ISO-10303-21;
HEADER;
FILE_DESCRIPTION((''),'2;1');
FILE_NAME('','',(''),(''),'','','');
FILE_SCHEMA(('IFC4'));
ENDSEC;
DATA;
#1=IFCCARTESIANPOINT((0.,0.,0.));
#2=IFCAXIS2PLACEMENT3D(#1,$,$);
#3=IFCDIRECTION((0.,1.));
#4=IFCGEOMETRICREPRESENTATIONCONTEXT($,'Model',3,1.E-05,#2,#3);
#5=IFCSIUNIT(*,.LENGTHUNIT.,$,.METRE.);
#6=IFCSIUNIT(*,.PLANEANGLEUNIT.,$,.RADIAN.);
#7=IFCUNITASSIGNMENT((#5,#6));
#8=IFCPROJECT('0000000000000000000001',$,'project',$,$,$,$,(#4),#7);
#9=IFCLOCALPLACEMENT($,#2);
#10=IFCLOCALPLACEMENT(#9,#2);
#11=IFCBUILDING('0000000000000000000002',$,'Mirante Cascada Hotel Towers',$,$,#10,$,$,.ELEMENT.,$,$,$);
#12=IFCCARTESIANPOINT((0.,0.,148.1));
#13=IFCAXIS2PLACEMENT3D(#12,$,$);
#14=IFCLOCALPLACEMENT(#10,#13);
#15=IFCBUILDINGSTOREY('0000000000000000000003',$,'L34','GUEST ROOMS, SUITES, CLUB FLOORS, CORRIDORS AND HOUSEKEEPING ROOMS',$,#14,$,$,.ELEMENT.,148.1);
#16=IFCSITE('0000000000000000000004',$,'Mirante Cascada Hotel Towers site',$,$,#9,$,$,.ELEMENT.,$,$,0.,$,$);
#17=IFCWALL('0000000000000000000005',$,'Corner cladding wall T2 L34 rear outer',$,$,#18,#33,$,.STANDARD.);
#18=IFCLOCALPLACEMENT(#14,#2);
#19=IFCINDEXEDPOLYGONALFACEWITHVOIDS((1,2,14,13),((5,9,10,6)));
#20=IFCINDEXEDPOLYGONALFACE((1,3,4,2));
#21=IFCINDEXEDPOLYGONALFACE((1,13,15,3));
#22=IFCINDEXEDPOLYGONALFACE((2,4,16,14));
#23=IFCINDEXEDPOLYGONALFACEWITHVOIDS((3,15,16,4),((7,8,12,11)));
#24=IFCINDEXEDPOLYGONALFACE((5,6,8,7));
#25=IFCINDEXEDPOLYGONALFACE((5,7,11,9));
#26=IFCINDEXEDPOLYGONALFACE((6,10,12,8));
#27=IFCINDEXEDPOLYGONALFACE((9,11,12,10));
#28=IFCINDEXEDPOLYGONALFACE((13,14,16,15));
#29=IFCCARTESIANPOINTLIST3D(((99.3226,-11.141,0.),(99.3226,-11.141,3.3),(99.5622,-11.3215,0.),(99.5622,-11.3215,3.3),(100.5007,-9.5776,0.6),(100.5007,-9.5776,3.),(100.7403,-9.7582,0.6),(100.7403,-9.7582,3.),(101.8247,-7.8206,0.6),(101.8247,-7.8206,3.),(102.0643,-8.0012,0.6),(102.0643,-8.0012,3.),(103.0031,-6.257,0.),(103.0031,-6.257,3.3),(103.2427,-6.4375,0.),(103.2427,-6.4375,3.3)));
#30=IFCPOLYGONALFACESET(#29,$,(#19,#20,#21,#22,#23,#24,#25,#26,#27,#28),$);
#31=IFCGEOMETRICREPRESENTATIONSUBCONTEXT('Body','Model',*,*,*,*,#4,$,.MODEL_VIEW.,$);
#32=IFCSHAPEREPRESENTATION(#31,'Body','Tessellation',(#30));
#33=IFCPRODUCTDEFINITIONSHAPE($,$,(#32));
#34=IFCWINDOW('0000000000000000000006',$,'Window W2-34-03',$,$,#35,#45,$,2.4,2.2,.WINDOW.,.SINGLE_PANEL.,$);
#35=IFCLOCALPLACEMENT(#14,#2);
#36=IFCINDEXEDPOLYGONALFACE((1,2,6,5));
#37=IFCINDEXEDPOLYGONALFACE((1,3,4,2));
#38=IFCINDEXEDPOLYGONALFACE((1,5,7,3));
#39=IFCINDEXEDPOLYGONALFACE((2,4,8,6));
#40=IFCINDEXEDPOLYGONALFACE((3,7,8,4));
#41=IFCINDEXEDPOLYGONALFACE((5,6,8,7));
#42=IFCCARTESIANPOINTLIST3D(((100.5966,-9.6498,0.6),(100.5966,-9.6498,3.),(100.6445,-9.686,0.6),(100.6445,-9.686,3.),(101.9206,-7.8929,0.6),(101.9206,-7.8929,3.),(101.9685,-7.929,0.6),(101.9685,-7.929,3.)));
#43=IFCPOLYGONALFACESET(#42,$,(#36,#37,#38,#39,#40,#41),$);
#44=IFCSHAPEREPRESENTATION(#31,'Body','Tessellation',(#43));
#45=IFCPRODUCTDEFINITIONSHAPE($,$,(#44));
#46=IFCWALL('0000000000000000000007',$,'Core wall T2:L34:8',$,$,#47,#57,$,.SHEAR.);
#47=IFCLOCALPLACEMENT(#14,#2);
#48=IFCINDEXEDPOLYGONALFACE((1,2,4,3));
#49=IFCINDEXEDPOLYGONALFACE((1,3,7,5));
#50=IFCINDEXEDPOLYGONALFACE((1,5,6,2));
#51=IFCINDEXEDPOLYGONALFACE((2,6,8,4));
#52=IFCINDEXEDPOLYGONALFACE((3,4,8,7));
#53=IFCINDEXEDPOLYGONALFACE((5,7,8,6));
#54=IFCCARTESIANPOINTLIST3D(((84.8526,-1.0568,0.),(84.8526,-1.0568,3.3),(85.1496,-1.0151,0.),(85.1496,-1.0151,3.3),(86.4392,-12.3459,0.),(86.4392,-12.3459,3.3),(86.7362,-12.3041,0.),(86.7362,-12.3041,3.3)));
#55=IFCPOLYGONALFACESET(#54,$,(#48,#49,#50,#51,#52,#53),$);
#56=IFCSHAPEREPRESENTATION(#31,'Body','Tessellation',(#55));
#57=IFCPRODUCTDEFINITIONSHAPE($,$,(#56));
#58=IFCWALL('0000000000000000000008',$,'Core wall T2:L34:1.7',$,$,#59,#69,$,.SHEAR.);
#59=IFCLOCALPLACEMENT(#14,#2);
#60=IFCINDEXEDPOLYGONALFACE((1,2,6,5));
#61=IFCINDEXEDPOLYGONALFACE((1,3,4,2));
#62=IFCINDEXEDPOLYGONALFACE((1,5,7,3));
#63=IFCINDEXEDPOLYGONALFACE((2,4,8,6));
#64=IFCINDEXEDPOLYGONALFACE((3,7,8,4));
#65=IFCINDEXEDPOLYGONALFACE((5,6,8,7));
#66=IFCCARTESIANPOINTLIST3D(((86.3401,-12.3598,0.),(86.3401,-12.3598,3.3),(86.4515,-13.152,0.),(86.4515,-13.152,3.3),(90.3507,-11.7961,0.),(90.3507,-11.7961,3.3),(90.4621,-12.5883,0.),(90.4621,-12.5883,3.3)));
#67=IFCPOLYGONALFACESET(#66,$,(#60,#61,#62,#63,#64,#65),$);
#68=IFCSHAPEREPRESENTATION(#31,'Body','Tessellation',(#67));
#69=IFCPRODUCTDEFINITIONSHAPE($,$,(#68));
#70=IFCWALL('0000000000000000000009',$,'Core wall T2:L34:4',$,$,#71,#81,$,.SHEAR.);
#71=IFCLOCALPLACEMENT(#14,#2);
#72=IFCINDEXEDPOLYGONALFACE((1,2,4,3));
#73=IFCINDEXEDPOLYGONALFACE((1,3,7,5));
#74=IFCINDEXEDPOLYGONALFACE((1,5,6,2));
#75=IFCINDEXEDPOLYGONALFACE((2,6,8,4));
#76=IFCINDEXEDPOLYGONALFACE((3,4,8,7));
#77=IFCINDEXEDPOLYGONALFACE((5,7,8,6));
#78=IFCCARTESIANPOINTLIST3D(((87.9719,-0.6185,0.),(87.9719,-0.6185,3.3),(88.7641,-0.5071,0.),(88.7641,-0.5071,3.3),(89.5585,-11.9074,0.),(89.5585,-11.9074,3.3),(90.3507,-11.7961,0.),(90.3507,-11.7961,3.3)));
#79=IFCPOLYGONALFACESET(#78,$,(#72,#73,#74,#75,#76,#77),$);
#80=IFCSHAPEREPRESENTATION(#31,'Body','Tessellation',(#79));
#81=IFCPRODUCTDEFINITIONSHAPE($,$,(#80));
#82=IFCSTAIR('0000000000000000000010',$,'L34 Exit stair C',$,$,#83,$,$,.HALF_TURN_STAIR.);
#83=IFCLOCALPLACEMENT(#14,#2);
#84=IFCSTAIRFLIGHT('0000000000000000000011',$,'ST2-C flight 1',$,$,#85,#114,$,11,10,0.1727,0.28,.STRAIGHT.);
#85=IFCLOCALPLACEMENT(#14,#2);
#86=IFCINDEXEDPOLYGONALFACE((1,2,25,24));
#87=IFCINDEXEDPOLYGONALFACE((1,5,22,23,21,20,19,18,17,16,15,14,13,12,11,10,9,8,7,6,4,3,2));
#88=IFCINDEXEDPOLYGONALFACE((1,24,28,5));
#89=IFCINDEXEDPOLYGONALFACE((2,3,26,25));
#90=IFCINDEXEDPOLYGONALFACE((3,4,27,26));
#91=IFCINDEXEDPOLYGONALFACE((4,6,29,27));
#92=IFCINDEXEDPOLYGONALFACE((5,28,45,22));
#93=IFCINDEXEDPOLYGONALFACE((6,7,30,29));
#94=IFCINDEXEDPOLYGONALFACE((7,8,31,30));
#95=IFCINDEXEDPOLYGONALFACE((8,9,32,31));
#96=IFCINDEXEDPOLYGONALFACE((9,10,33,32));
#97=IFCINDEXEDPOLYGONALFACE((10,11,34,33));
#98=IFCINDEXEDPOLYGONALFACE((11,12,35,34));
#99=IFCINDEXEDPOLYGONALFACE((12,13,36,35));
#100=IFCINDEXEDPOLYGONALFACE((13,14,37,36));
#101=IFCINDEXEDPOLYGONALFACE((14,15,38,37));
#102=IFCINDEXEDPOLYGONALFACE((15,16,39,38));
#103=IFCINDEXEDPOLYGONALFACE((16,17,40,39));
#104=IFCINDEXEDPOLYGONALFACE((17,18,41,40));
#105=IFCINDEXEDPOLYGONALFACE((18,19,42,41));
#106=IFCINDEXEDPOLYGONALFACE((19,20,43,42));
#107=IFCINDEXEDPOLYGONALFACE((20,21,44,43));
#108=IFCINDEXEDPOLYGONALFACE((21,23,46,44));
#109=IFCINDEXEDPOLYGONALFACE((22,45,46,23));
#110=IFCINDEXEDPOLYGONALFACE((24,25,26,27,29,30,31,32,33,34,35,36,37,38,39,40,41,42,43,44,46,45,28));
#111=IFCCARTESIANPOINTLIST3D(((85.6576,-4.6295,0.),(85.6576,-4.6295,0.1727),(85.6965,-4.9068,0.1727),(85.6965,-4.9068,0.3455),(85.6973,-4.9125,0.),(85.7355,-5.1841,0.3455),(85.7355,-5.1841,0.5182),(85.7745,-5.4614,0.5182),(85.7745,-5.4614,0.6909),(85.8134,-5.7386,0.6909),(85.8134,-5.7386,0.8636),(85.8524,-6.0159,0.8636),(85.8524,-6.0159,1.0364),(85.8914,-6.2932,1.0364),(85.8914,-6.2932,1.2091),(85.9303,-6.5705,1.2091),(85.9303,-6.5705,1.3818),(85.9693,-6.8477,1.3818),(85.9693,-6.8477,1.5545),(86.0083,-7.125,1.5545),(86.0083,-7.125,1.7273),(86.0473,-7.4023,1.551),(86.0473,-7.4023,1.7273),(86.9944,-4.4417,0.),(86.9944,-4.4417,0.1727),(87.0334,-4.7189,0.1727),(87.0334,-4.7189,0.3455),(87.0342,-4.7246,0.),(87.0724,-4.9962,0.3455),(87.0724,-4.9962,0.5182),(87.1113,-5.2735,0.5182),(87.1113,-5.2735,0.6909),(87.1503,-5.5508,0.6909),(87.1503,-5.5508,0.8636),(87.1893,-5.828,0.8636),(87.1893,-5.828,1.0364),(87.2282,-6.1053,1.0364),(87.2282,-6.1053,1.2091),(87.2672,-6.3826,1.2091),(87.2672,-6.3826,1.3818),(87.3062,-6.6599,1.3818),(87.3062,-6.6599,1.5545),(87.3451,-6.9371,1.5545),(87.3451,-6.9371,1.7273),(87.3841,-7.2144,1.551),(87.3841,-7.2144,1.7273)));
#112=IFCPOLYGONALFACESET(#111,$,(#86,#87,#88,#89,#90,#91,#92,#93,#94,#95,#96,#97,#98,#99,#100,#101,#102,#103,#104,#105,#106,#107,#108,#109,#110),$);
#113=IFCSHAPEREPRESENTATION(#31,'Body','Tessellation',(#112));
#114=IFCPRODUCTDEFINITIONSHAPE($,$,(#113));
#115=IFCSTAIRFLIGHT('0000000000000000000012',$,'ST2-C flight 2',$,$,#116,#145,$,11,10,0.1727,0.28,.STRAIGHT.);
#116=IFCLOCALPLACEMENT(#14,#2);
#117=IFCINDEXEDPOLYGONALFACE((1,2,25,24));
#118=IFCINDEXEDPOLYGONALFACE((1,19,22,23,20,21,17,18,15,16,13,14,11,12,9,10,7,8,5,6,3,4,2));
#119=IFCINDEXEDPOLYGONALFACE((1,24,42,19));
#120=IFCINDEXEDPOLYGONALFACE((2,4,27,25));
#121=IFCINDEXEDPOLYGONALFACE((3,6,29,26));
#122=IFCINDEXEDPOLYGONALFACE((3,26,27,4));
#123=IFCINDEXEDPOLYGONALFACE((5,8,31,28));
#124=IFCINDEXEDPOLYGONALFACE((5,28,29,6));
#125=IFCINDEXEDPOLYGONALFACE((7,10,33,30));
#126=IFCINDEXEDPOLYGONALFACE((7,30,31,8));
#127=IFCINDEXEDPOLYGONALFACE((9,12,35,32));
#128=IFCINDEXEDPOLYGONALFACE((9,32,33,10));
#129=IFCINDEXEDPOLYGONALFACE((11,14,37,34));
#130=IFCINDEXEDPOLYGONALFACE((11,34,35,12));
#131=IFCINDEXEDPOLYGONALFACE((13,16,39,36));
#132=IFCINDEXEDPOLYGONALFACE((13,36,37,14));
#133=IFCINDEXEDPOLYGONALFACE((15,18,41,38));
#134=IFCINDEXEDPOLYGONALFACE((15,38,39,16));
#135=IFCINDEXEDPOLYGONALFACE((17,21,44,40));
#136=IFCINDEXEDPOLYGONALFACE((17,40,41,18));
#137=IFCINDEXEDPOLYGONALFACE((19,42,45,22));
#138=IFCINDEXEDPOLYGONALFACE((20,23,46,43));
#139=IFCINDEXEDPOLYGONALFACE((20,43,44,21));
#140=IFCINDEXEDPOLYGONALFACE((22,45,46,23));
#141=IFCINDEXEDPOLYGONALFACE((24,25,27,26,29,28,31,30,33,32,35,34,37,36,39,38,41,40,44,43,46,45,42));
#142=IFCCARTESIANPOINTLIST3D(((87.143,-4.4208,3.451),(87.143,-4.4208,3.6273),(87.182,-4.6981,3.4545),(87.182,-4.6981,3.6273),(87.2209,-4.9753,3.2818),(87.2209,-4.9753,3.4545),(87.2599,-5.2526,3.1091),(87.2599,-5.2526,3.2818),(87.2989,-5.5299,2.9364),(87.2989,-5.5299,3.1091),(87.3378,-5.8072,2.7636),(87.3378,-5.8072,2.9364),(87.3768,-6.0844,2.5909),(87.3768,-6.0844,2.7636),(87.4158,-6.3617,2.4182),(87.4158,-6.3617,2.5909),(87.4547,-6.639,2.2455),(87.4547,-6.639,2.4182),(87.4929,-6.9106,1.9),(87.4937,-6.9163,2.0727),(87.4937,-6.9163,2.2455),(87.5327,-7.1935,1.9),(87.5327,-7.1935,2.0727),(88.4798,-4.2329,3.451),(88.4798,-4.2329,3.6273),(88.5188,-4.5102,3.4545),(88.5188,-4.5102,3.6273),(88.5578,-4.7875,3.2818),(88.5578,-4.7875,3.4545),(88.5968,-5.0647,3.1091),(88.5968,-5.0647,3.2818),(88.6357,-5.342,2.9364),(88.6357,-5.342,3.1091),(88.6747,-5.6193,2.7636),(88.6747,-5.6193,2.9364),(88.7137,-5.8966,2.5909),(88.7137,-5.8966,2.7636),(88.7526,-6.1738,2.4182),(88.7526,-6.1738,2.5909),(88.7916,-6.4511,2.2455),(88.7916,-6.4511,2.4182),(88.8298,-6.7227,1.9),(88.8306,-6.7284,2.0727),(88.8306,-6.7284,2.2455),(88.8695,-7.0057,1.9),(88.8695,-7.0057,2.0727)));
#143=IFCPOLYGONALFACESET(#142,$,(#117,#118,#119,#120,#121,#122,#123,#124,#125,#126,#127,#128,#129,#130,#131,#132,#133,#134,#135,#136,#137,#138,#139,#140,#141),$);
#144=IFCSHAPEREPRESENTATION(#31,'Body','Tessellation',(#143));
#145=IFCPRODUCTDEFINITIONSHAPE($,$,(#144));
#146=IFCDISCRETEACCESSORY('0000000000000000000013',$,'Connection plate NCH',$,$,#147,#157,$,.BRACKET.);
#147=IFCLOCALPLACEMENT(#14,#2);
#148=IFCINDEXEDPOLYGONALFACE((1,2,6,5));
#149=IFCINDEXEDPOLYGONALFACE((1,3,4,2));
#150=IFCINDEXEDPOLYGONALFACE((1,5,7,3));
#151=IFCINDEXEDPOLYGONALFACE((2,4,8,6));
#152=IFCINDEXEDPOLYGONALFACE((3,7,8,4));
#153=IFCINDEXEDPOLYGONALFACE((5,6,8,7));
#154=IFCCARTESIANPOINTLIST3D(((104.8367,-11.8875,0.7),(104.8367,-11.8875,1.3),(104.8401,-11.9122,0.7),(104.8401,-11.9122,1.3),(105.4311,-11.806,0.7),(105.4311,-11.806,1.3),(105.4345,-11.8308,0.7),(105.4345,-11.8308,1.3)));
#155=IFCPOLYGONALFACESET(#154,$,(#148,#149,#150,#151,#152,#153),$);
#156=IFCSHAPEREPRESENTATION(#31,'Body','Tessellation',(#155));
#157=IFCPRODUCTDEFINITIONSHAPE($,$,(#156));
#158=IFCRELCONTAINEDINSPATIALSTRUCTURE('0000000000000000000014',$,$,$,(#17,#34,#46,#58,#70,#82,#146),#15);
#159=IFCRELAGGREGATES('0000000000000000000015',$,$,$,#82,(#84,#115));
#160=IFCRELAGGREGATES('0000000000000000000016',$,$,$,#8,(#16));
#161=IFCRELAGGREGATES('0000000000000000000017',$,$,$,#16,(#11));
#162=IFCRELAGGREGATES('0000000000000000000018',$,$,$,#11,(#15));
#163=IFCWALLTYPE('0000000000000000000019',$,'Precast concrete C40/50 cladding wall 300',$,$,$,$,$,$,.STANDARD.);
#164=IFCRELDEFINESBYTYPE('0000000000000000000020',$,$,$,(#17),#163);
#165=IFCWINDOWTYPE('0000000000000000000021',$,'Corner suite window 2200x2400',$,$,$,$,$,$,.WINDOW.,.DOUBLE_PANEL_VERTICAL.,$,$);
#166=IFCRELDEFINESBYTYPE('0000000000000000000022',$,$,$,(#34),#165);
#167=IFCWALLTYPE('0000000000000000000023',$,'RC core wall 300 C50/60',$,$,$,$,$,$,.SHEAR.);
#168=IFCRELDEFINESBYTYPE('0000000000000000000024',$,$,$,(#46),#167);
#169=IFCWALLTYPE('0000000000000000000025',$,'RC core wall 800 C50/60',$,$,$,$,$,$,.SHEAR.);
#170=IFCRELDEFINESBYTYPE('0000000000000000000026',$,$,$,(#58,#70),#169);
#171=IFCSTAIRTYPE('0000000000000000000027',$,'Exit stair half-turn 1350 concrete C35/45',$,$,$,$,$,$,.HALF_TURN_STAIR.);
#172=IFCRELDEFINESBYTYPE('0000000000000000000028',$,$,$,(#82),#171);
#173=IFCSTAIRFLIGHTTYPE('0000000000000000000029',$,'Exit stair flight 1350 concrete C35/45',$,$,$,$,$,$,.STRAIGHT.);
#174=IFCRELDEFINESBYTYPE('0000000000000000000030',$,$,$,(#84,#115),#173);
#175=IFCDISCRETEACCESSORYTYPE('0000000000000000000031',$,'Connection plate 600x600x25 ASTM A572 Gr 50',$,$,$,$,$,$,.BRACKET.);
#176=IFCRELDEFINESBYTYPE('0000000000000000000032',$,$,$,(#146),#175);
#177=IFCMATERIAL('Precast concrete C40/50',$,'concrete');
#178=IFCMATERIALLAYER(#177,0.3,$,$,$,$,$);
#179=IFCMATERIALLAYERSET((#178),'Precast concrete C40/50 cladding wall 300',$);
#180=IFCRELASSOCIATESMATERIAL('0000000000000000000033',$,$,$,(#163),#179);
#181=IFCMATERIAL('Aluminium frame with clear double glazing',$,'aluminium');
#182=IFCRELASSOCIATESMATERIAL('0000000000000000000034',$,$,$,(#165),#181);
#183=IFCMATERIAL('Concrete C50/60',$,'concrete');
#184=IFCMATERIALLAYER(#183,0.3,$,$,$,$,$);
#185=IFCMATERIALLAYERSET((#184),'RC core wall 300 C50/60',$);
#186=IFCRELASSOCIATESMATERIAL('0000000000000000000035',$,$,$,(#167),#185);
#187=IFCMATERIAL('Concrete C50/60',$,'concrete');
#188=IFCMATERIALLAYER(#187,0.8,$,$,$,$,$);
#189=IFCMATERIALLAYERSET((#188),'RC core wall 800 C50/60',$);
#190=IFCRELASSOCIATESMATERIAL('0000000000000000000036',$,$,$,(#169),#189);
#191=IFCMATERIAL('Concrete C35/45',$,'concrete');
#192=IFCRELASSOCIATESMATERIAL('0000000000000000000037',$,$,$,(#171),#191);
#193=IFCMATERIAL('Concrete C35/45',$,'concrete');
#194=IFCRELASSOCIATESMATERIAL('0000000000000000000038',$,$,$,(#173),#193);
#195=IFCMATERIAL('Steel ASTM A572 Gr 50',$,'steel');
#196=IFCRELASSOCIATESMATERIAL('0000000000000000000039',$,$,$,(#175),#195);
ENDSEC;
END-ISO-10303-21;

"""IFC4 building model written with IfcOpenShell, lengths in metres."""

from ifc_helpers import new_model, si_unit, direction, frame, frame_2d, origin, origin_2d, place, context, subcontext, project, spatial, polyline, rectangle, outline, extrude, material, layer, layer_set, material_profile, profile_set, type_object, element, fill, aggregate, save


model = new_model("IFC4")

# Units and contexts
model_context = context("Model", 3, precision=1e-05, world=origin(), true_north=direction((0.0, 1.0)))
body_context = subcontext(model_context, "Body", "Model", "MODEL_VIEW")
ifc_project = project(units=[si_unit("LENGTHUNIT", "METRE"), si_unit("PLANEANGLEUNIT", "RADIAN")], contexts=[model_context])

# Site, building, storey
site_placement = place(None, origin())
site = spatial("IfcSite", under=ifc_project, at=site_placement, Name="Mirante Cascada Hotel Towers site", CompositionType="ELEMENT", RefElevation=0.0)
building_placement = place(site_placement, origin())
building = spatial("IfcBuilding", under=site, at=building_placement, Name="Mirante Cascada Hotel Towers", CompositionType="ELEMENT")
storey_placement = place(building_placement, frame((0.0, 0.0, 148.1)))
storey = spatial("IfcBuildingStorey", under=building, at=storey_placement, Name="L34", Description="GUEST ROOMS, SUITES, CLUB FLOORS, CORRIDORS AND HOUSEKEEPING ROOMS", CompositionType="ELEMENT", Elevation=148.1)

# Shared definitions
ifc_material_1 = material(Name="Precast concrete C40/50", Category="concrete")
ifc_layer_1 = layer(ifc_material_1, 0.3)
ifc_layer_set_1 = layer_set([ifc_layer_1], Name="Precast concrete C40/50 cladding wall 300")
wall_type_1 = type_object("IfcWallType", Name="Precast concrete C40/50 cladding wall 300", PredefinedType="STANDARD", material=ifc_layer_set_1)

# Wall, opening, window
wall_1_placement = place(storey_placement, frame((99.4424, -11.2313, 0.0), z_axis=(0.0, 0.0, 1.0), x_axis=(0.601819, 0.798632, 0.0)))
wall_1 = element("IfcWall", 1, at=wall_1_placement, inside=storey, type_object=wall_type_1, Name="Corner cladding wall T2 L34 rear outer", PredefinedType="STANDARD", context=body_context, shape_type="SweptSolid", body=[
    extrude(rectangle(XDim=6.1155, YDim=0.3, at=frame_2d((3.0578, 0.0))), origin(), (0.0, 0.0, 1.0), 3.3),
])
opening_1_placement = place(wall_1_placement, frame((1.9576, 0.0, 0.6)))
opening_1 = element("IfcOpeningElement", 2, at=opening_1_placement, cuts=wall_1, PredefinedType="OPENING", context=body_context, shape_type="SweptSolid", body=[
    extrude(rectangle(XDim=2.2, YDim=2.4, at=frame_2d((1.1, 1.2))), frame((0.0, 0.15, 0.0), z_axis=(0.0, -1.0, 0.0), x_axis=(1.0, 0.0, 0.0)), (0.0, 0.0, 1.0), 0.3),
])
ifc_material_2 = material(Name="Aluminium frame with clear double glazing", Category="aluminium")
window_type_1 = type_object("IfcWindowType", Name="Corner suite window 2200x2400", PartitioningType="DOUBLE_PANEL_VERTICAL", PredefinedType="WINDOW", material=ifc_material_2)
window_1_placement = place(opening_1_placement, origin())
window_1 = element("IfcWindow", 3, at=window_1_placement, inside=storey, type_object=window_type_1, Name="Window W2-34-03", OverallHeight=2.4, OverallWidth=2.2, PartitioningType="SINGLE_PANEL", PredefinedType="WINDOW", context=body_context, shape_type="SweptSolid", body=[
    extrude(rectangle(XDim=2.2, YDim=2.4, at=frame_2d((1.1, 1.2))), frame((0.0, 0.03, 0.0), z_axis=(0.0, -1.0, 0.0), x_axis=(1.0, 0.0, 0.0)), (0.0, 0.0, 1.0), 0.06),
])
fill(opening_1, window_1)

# Walls
ifc_material_3 = material(Name="Concrete C50/60", Category="concrete")
ifc_layer_2 = layer(ifc_material_3, 0.3)
ifc_layer_set_2 = layer_set([ifc_layer_2], Name="RC core wall 300 C50/60")
wall_type_2 = type_object("IfcWallType", Name="RC core wall 300 C50/60", PredefinedType="SHEAR", material=ifc_layer_set_2)
wall_2_placement = place(storey_placement, frame((86.5877, -12.325, 0.0), z_axis=(0.0, 0.0, 1.0), x_axis=(-0.139175, 0.990268, 0.0)))
element("IfcWall", 4, at=wall_2_placement, inside=storey, type_object=wall_type_2, Name="Core wall T2:L34:8", PredefinedType="SHEAR", context=body_context, shape_type="SweptSolid", body=[
    extrude(rectangle(XDim=11.4, YDim=0.3, at=frame_2d((5.7, 0.0))), origin(), (0.0, 0.0, 1.0), 3.3),
])
ifc_material_4 = material(Name="Concrete C50/60", Category="concrete")
ifc_layer_3 = layer(ifc_material_4, 0.8)
ifc_layer_set_3 = layer_set([ifc_layer_3], Name="RC core wall 800 C50/60")
wall_type_3 = type_object("IfcWallType", Name="RC core wall 800 C50/60", PredefinedType="SHEAR", material=ifc_layer_set_3)
wall_3_placement = place(storey_placement, frame((86.3958, -12.7559, 0.0), z_axis=(0.0, 0.0, 1.0), x_axis=(0.990267, 0.139184, 0.0)))
element("IfcWall", 5, at=wall_3_placement, inside=storey, type_object=wall_type_3, Name="Core wall T2:L34:1.7", PredefinedType="SHEAR", context=body_context, shape_type="SweptSolid", body=[
    extrude(rectangle(XDim=4.05, YDim=0.8, at=frame_2d((2.025, 0.0))), origin(), (0.0, 0.0, 1.0), 3.3),
])
wall_4_placement = place(storey_placement, frame((89.9546, -11.8518, 0.0), z_axis=(0.0, 0.0, 1.0), x_axis=(-0.139176, 0.990268, 0.0)))
element("IfcWall", 6, at=wall_4_placement, inside=storey, type_object=wall_type_3, Name="Core wall T2:L34:4", PredefinedType="SHEAR", context=body_context, shape_type="SweptSolid", body=[
    extrude(rectangle(XDim=11.3999, YDim=0.8, at=frame_2d((5.7, 0.0))), origin(), (0.0, 0.0, 1.0), 3.3),
])

# Stair, stair flights
ifc_material_5 = material(Name="Concrete C35/45", Category="concrete")
stair_type = type_object("IfcStairType", Name="Exit stair half-turn 1350 concrete C35/45", PredefinedType="HALF_TURN_STAIR", material=ifc_material_5)
stair_placement = place(storey_placement, origin())
stair = element("IfcStair", 7, at=stair_placement, inside=storey, type_object=stair_type, Name="L34 Exit stair C", PredefinedType="HALF_TURN_STAIR")
ifc_material_6 = material(Name="Concrete C35/45", Category="concrete")
stair_flight_type = type_object("IfcStairFlightType", Name="Exit stair flight 1350 concrete C35/45", PredefinedType="STRAIGHT", material=ifc_material_6)
stair_flight_1_placement = place(storey_placement, frame((86.326, -4.5356, 0.0), z_axis=(0.0, 0.0, 1.0), x_axis=(0.139173, -0.990268, 0.0)))
stair_flight_1 = element("IfcStairFlight", 8, at=stair_flight_1_placement, type_object=stair_flight_type, Name="ST2-C flight 1", NumberOfRisers=11, NumberOfTreads=10, PredefinedType="STRAIGHT", RiserHeight=0.1727, TreadLength=0.28, context=body_context, shape_type="SweptSolid", body=[
    extrude(outline(polyline([(0.0, 0.0), (0.0, 0.1727), (0.28, 0.1727), (0.28, 0.3455), (0.56, 0.3455), (0.56, 0.5182), (0.84, 0.5182), (0.84, 0.6909), (1.12, 0.6909), (1.12, 0.8636), (1.4, 0.8636), (1.4, 1.0364), (1.68, 1.0364), (1.68, 1.2091), (1.96, 1.2091), (1.96, 1.3818), (2.24, 1.3818), (2.24, 1.5545), (2.52, 1.5545), (2.52, 1.7273), (2.8, 1.7273), (2.8, 1.9), (2.8, 1.551), (0.2857, 0.0), (0.0, 0.0)])), frame((0.0, 0.675, 0.0), z_axis=(0.0, -1.0, 0.0), x_axis=(1.0, 0.0, 0.0)), (0.0, 0.0, 1.0), 1.35),
])
stair_flight_2_placement = place(storey_placement, frame((88.2011, -7.0996, 1.9), z_axis=(0.0, 0.0, 1.0), x_axis=(-0.139173, 0.990268, 0.0)))
stair_flight_2 = element("IfcStairFlight", 9, at=stair_flight_2_placement, type_object=stair_flight_type, Name="ST2-C flight 2", NumberOfRisers=11, NumberOfTreads=10, PredefinedType="STRAIGHT", RiserHeight=0.1727, TreadLength=0.28, context=body_context, shape_type="SweptSolid", body=[
    extrude(outline(polyline([(0.0, 0.0), (0.0, 0.1727), (0.28, 0.1727), (0.28, 0.3455), (0.56, 0.3455), (0.56, 0.5182), (0.84, 0.5182), (0.84, 0.6909), (1.12, 0.6909), (1.12, 0.8636), (1.4, 0.8636), (1.4, 1.0364), (1.68, 1.0364), (1.68, 1.2091), (1.96, 1.2091), (1.96, 1.3818), (2.24, 1.3818), (2.24, 1.5545), (2.52, 1.5545), (2.52, 1.7273), (2.8, 1.7273), (2.8, 1.9), (2.8, 1.551), (0.2857, 0.0), (0.0, 0.0)])), frame((0.0, 0.675, 0.0), z_axis=(0.0, -1.0, 0.0), x_axis=(1.0, 0.0, 0.0)), (0.0, 0.0, 1.0), 1.35),
])
aggregate(stair, [stair_flight_1, stair_flight_2])

# Discrete accessory
ifc_material_7 = material(Name="Steel ASTM A572 Gr 50", Category="steel")
ifc_material_profile_1 = material_profile(ifc_material_7, rectangle(XDim=0.6, YDim=0.6, at=origin_2d()), Name="Connection plate 600x600x25 ASTM A572 Gr 50")
ifc_profile_set_1 = profile_set([ifc_material_profile_1], Name="Steel ASTM A572 Gr 50")
discrete_accessory_type = type_object("IfcDiscreteAccessoryType", Name="Connection plate 600x600x25 ASTM A572 Gr 50", PredefinedType="BRACKET", material=ifc_profile_set_1)
discrete_accessory_placement = place(storey_placement, frame((105.1373, -11.8715, 1.0), z_axis=(-0.135826, 0.990733, 0.0), x_axis=(-0.990733, -0.135826, 0.0)))
element("IfcDiscreteAccessory", 10, at=discrete_accessory_placement, inside=storey, type_object=discrete_accessory_type, Name="Connection plate NCH", PredefinedType="BRACKET", context=body_context, shape_type="SweptSolid", body=[
    extrude(rectangle(XDim=0.6, YDim=0.6, at=origin_2d()), origin(), (0.0, 0.0, 1.0), 0.025),
])

save(model, "model.ifc")
